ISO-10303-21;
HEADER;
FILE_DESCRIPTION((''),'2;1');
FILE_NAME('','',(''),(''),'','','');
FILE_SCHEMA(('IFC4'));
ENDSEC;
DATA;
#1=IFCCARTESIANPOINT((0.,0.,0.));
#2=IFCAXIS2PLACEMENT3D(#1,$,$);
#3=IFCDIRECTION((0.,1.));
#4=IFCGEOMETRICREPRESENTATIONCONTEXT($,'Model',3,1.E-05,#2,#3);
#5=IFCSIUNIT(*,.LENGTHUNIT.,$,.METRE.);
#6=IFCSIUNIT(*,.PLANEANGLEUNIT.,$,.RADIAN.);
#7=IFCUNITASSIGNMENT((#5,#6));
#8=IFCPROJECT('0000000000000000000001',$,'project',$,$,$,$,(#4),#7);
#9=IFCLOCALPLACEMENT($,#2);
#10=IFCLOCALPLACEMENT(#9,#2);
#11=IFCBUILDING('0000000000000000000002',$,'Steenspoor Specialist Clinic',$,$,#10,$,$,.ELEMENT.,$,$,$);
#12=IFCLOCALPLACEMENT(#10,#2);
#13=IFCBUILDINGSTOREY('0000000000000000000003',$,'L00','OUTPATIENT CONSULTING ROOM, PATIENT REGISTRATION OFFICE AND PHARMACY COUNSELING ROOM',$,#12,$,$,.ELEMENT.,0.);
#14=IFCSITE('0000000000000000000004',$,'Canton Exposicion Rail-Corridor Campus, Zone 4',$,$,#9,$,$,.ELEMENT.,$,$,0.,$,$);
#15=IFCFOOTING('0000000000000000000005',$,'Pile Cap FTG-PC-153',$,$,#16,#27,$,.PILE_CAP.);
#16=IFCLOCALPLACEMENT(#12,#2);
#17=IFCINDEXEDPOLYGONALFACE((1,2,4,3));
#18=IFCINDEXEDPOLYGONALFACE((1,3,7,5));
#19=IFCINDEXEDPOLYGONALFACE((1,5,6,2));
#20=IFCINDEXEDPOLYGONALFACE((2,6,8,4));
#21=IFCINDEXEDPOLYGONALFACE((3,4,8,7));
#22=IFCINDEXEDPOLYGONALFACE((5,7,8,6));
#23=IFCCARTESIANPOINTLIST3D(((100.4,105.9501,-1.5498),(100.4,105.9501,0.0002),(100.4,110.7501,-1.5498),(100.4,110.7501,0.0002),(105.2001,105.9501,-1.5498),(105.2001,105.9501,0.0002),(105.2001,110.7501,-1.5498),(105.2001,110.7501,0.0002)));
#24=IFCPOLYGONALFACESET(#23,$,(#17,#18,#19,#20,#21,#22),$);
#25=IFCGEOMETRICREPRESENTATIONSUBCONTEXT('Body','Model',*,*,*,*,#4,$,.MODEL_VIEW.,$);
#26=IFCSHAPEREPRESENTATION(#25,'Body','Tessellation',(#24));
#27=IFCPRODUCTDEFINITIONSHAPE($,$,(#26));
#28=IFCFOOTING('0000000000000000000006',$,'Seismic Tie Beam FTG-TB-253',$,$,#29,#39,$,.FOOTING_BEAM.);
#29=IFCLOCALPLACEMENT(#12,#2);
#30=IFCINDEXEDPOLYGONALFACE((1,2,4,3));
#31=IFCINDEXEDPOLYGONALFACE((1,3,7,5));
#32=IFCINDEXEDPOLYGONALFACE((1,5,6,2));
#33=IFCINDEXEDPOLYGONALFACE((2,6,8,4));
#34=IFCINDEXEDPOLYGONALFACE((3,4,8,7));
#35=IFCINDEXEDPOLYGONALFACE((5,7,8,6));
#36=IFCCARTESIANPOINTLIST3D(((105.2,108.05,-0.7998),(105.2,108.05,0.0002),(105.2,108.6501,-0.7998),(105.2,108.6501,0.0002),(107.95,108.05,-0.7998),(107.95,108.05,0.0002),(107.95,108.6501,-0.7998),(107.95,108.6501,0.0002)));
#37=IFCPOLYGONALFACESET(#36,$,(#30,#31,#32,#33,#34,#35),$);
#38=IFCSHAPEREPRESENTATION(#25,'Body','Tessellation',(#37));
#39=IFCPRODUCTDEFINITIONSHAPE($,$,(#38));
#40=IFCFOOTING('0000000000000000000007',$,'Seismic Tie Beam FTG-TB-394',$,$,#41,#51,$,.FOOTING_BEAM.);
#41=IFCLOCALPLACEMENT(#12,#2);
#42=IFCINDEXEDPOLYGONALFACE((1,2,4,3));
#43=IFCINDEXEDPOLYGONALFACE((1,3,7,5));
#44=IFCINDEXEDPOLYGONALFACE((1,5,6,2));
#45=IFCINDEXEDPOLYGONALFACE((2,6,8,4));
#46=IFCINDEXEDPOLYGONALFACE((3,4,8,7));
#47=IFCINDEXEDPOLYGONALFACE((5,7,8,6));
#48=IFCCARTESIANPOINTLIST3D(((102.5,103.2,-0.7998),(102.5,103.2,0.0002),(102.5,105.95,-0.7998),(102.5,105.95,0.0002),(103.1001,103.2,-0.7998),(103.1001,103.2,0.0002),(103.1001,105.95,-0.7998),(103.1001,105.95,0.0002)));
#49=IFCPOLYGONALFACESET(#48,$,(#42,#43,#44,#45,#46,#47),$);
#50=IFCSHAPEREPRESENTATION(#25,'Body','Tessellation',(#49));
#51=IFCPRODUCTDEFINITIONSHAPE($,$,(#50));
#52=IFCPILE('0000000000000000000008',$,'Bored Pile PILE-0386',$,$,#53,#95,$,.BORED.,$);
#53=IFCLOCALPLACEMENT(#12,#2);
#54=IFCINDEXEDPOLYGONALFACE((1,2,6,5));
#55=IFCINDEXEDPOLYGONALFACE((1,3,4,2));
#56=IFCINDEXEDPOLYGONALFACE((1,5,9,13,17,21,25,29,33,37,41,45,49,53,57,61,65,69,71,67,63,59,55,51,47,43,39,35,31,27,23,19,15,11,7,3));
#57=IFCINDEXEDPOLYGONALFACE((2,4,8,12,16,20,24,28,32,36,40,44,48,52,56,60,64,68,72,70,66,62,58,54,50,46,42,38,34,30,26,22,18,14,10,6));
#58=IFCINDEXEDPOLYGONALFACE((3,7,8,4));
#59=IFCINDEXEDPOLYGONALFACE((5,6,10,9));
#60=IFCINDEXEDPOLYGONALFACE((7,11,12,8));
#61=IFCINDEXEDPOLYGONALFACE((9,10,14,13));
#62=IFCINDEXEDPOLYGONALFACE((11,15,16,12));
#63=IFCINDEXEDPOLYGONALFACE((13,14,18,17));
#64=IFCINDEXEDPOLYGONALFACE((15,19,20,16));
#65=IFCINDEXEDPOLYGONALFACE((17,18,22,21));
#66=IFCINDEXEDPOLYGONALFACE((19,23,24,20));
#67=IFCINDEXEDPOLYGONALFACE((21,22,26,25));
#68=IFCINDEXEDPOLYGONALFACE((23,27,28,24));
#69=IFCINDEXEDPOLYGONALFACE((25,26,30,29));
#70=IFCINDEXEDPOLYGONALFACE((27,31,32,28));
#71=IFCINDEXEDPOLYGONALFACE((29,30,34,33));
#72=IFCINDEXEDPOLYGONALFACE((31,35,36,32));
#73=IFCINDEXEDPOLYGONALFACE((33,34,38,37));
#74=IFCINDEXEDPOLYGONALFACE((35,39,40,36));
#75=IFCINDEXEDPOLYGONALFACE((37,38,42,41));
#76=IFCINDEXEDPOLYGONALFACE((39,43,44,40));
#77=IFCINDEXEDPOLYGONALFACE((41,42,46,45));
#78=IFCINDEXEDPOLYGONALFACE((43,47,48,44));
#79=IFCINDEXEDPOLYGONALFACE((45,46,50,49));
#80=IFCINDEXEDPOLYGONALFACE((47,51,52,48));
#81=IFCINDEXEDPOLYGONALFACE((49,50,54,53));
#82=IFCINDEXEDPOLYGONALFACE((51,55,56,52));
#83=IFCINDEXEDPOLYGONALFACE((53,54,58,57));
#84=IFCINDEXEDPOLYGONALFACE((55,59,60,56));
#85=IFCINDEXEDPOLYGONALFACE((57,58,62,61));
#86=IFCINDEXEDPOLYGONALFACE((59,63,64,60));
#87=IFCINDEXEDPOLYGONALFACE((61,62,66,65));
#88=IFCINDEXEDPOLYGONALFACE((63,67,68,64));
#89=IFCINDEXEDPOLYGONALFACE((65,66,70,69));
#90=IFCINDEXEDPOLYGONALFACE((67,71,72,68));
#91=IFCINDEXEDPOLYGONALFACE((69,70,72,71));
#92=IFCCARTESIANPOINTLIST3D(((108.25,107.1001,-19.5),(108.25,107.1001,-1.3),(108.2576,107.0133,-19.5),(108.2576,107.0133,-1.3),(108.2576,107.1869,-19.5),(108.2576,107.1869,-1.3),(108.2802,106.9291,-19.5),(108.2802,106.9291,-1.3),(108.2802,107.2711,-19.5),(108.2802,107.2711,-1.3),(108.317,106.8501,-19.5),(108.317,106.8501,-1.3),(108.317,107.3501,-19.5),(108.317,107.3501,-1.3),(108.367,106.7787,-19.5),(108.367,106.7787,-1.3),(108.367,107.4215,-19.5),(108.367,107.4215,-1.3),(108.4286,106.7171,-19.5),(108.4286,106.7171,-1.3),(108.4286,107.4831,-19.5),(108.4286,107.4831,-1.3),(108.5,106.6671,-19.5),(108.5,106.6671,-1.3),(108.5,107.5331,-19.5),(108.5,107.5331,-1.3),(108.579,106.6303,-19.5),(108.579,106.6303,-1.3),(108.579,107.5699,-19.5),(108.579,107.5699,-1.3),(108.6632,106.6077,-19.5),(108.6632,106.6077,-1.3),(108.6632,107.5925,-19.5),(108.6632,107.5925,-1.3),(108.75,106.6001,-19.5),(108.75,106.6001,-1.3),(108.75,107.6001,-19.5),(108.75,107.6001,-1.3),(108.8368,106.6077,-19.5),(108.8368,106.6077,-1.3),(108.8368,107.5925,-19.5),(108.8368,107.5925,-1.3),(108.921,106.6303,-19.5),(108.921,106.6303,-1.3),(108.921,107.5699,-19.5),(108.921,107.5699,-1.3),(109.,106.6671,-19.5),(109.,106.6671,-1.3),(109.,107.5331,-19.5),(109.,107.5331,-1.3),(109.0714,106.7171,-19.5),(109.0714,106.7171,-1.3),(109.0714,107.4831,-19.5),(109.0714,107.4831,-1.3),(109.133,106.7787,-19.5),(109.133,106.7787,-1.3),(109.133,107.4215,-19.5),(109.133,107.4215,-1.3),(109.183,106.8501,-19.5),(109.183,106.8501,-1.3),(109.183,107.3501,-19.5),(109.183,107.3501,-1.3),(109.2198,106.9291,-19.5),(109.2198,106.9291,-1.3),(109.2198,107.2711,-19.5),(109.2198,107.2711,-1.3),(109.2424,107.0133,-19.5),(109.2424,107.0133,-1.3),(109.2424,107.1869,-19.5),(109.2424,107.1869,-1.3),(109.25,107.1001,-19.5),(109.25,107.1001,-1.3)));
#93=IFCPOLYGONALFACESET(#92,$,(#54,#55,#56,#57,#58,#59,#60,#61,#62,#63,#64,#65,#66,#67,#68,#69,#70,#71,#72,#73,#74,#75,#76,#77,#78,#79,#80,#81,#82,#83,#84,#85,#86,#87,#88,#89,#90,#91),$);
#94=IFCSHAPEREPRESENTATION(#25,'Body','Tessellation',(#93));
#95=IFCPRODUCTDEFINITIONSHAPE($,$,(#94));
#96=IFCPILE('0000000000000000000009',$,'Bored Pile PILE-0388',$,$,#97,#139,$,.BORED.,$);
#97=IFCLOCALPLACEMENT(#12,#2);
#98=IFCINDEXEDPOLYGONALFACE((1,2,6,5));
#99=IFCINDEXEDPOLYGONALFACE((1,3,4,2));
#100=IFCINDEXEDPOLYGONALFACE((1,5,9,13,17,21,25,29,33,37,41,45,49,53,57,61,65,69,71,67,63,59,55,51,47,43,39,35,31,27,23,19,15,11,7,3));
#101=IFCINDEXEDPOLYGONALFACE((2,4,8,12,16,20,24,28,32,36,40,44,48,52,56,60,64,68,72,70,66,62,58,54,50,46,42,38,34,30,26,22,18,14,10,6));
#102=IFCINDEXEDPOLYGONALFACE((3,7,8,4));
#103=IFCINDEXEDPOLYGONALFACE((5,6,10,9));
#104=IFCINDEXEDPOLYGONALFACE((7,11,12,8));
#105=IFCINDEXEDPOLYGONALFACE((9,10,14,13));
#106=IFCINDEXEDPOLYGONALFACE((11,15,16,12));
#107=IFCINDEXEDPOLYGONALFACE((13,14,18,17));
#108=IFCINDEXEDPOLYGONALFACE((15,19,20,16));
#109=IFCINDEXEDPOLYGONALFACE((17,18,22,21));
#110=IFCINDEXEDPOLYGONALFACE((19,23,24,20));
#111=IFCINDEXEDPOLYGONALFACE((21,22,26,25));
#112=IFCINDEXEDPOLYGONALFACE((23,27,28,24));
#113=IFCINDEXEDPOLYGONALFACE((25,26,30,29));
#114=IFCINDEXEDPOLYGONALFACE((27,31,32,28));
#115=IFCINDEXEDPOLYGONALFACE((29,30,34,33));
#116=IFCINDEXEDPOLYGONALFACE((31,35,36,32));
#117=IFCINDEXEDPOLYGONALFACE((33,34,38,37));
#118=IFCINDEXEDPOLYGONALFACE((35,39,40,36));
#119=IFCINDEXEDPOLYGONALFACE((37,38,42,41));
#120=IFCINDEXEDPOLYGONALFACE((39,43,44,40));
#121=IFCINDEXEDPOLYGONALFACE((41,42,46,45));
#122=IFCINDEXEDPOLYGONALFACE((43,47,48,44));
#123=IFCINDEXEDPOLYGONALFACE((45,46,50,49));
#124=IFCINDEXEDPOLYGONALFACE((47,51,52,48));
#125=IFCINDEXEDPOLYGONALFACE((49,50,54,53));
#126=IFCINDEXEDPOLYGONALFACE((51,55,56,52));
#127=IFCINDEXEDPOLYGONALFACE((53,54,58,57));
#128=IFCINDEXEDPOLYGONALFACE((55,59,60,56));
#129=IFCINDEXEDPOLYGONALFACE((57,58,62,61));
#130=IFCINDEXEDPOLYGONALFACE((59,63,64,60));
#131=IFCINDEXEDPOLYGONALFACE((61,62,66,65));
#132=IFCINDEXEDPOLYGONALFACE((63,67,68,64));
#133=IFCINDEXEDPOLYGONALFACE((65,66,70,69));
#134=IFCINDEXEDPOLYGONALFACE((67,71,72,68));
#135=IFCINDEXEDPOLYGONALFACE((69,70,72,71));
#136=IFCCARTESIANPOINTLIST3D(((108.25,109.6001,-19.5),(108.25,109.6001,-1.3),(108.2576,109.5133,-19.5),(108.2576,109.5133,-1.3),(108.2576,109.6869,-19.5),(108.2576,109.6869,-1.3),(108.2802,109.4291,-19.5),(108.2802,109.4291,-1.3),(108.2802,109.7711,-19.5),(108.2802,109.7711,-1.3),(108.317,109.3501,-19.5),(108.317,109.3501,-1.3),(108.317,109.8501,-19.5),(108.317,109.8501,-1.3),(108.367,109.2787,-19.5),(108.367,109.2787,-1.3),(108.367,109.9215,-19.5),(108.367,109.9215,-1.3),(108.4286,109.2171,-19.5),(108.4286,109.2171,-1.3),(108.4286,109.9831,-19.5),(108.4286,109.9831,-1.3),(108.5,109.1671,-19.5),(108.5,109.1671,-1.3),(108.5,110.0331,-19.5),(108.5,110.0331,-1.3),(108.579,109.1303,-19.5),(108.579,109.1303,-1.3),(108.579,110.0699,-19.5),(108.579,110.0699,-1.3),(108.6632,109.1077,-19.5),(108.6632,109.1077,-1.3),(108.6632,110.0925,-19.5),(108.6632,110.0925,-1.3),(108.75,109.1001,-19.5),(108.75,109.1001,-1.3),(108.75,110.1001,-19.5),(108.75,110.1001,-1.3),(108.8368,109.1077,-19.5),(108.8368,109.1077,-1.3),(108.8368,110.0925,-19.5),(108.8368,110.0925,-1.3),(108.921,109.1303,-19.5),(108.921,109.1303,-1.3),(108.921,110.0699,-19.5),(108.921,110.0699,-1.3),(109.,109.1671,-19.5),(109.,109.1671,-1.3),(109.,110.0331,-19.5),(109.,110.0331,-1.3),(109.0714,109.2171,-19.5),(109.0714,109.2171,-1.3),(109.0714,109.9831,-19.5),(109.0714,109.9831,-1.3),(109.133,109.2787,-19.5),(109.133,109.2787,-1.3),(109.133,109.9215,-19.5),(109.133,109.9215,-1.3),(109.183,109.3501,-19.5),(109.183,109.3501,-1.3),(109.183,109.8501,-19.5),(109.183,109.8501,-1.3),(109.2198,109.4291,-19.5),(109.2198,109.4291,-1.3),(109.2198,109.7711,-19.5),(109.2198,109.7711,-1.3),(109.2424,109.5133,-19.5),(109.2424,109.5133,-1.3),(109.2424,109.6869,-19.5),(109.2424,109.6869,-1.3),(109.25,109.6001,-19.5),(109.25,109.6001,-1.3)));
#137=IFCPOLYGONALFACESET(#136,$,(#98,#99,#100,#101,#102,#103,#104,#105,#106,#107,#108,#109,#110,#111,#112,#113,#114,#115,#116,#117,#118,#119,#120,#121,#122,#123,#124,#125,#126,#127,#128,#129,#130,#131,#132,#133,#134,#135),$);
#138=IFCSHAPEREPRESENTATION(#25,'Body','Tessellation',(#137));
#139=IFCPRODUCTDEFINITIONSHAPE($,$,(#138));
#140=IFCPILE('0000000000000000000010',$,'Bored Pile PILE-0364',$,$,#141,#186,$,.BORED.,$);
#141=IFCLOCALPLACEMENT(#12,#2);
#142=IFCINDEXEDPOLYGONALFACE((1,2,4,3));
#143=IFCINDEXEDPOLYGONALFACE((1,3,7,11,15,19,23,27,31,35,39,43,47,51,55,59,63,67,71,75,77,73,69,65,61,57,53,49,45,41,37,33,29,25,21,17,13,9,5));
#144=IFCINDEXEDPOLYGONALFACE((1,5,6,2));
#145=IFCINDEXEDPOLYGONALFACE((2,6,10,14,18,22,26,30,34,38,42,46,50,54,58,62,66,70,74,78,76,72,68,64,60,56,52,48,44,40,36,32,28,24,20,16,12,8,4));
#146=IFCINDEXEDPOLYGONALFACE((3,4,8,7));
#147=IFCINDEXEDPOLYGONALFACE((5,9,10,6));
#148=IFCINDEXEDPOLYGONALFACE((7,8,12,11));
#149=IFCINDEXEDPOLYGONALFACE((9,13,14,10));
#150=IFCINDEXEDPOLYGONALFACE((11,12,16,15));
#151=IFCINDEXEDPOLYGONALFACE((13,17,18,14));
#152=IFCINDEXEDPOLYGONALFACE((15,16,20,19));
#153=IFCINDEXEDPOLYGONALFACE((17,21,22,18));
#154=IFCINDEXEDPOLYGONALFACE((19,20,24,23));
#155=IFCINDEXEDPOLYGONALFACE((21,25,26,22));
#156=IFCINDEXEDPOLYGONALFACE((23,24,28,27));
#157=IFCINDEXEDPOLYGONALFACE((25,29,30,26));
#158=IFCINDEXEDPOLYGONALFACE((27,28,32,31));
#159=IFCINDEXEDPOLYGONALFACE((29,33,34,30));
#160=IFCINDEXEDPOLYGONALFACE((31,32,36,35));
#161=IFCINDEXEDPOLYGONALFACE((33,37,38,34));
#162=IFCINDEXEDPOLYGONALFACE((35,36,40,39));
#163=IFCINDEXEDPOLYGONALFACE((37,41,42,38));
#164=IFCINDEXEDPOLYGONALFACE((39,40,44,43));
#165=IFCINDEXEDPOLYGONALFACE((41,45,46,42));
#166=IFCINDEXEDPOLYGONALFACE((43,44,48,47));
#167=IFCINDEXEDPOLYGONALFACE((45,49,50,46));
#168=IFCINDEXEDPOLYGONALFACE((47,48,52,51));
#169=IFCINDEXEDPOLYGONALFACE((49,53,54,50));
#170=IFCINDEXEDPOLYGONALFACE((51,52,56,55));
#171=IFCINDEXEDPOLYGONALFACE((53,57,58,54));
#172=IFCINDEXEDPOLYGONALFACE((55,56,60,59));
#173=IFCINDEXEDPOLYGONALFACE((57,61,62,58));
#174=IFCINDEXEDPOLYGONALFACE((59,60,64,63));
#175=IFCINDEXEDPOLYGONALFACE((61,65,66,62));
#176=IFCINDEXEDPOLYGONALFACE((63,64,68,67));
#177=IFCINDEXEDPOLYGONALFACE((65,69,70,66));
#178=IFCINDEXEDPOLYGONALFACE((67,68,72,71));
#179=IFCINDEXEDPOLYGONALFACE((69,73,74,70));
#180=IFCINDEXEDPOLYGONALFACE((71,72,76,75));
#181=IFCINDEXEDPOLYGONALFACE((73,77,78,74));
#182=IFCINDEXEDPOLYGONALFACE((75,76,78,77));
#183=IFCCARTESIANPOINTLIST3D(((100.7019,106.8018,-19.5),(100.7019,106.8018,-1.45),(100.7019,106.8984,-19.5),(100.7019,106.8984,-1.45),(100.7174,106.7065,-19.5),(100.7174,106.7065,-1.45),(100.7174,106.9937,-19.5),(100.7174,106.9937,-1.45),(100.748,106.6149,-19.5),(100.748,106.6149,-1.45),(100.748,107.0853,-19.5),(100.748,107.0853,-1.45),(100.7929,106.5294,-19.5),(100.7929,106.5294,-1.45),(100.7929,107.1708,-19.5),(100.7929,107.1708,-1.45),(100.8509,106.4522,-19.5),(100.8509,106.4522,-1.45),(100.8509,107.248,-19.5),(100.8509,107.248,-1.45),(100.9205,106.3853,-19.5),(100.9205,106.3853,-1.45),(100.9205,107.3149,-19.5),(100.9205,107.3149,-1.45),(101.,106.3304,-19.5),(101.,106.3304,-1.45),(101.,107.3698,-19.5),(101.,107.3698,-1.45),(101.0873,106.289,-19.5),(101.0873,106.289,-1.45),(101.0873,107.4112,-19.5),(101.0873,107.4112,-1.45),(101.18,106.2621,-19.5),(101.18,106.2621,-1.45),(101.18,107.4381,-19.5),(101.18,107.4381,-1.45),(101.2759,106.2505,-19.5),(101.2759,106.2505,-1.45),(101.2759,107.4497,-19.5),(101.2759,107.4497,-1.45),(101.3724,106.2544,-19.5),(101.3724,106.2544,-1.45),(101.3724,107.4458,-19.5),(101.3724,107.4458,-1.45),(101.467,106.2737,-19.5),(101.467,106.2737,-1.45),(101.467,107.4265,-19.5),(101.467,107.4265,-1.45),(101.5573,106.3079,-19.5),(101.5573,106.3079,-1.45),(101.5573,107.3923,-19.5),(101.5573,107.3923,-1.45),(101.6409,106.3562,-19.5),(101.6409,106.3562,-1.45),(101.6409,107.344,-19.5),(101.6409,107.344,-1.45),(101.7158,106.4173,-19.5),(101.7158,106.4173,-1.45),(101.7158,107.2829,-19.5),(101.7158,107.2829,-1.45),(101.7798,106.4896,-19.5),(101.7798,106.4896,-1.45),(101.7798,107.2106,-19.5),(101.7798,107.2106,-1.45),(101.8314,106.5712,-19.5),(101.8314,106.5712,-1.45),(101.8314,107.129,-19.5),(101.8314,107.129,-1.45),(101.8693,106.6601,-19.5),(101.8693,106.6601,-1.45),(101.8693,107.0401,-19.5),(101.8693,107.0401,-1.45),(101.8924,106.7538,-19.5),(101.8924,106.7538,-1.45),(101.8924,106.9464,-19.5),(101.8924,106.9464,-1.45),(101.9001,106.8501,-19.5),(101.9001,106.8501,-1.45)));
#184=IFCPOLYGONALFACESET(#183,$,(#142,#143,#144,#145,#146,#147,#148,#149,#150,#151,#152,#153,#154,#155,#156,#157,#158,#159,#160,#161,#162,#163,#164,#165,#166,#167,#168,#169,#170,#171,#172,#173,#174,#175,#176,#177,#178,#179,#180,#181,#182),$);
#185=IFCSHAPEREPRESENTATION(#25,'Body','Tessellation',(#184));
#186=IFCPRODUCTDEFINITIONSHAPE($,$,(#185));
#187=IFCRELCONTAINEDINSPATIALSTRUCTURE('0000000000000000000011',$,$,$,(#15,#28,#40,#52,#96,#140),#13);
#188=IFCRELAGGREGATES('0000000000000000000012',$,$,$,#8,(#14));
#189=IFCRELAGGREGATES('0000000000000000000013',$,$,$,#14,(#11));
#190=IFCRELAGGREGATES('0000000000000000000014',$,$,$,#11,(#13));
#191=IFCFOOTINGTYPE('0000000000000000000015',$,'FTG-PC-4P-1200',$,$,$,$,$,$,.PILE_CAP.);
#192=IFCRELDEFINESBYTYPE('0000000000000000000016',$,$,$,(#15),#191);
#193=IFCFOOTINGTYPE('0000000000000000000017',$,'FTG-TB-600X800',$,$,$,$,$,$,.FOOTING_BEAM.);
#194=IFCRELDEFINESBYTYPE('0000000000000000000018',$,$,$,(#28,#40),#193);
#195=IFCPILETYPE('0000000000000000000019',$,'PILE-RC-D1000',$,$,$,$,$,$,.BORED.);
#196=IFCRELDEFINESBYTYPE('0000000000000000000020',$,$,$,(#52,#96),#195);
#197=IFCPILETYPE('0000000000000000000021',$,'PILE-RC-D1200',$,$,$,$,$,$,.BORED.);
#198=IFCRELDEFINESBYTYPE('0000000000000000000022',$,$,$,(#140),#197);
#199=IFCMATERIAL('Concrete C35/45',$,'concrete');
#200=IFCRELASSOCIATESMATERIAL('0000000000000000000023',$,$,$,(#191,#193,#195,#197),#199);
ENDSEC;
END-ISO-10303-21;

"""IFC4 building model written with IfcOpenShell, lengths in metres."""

from ifc_helpers import new_model, si_unit, direction, frame, origin, origin_2d, place, context, subcontext, project, spatial, rectangle, circle, extrude, material, material_profile, profile_set, type_object, element, save


model = new_model("IFC4")

# Units and contexts
model_context = context("Model", 3, precision=1e-05, world=origin(), true_north=direction((0.0, 1.0)))
body_context = subcontext(model_context, "Body", "Model", "MODEL_VIEW")
ifc_project = project(units=[si_unit("LENGTHUNIT", "METRE"), si_unit("PLANEANGLEUNIT", "RADIAN")], contexts=[model_context])

# Site, building, storey
site_placement = place(None, origin())
site = spatial("IfcSite", under=ifc_project, at=site_placement, Name="Canton Exposicion Rail-Corridor Campus, Zone 4", CompositionType="ELEMENT", RefElevation=0.0)
building_placement = place(site_placement, origin())
building = spatial("IfcBuilding", under=site, at=building_placement, Name="Steenspoor Specialist Clinic", CompositionType="ELEMENT")
storey_placement = place(building_placement, origin())
storey = spatial("IfcBuildingStorey", under=building, at=storey_placement, Name="L00", Description="OUTPATIENT CONSULTING ROOM, PATIENT REGISTRATION OFFICE AND PHARMACY COUNSELING ROOM", CompositionType="ELEMENT", Elevation=0.0)

# Footings
ifc_material_1 = material(Name="Concrete C35/45", Category="concrete")
footing_type_1 = type_object("IfcFootingType", Name="FTG-PC-4P-1200", PredefinedType="PILE_CAP", material=ifc_material_1)
footing_1_placement = place(storey_placement, frame((102.8, 108.3501, -1.5498), z_axis=(0.0, 0.0, 1.0), x_axis=(1.0, 0.0, 0.0)))
element("IfcFooting", 1, at=footing_1_placement, inside=storey, type_object=footing_type_1, Name="Pile Cap FTG-PC-153", PredefinedType="PILE_CAP", context=body_context, shape_type="SweptSolid", body=[
    extrude(rectangle(XDim=4.8, YDim=4.8, at=origin_2d()), origin(), (0.0, 0.0, 1.0), 1.55),
])
footing_type_2 = type_object("IfcFootingType", Name="FTG-TB-600X800", PredefinedType="FOOTING_BEAM", material=ifc_material_1)
footing_2_placement = place(storey_placement, frame((106.575, 108.3501, -0.7998), z_axis=(0.0, 0.0, 1.0), x_axis=(1.0, 0.0, 0.0)))
element("IfcFooting", 2, at=footing_2_placement, inside=storey, type_object=footing_type_2, Name="Seismic Tie Beam FTG-TB-253", PredefinedType="FOOTING_BEAM", context=body_context, shape_type="SweptSolid", body=[
    extrude(rectangle(XDim=2.75, YDim=0.6001, at=origin_2d()), origin(), (0.0, 0.0, 1.0), 0.8),
])
footing_3_placement = place(storey_placement, frame((102.8, 104.575, -0.7998), z_axis=(0.0, 0.0, 1.0), x_axis=(1.0, 0.0, 0.0)))
element("IfcFooting", 3, at=footing_3_placement, inside=storey, type_object=footing_type_2, Name="Seismic Tie Beam FTG-TB-394", PredefinedType="FOOTING_BEAM", context=body_context, shape_type="SweptSolid", body=[
    extrude(rectangle(XDim=0.6001, YDim=2.75, at=origin_2d()), origin(), (0.0, 0.0, 1.0), 0.8),
])

# Piles
ifc_material_profile_1 = material_profile(ifc_material_1, circle(Radius=0.5, at=origin_2d()), Name="PILE-D1000")
ifc_profile_set_1 = profile_set([ifc_material_profile_1], Name="Concrete C35/45")
pile_type_1 = type_object("IfcPileType", Name="PILE-RC-D1000", PredefinedType="BORED", material=ifc_profile_set_1)
for number, where, z_axis, x_axis, name in (
    (4, (108.75, 107.1001, -1.3), (0.0, 0.0, -1.0), (1.0, 0.0, 0.0), "Bored Pile PILE-0386"),
    (5, (108.75, 109.6001, -1.3), (0.0, 0.0, -1.0), (1.0, 0.0, 0.0), "Bored Pile PILE-0388"),
):
    element("IfcPile", number, at=place(storey_placement, frame(where, z_axis=z_axis, x_axis=x_axis)), inside=storey, type_object=pile_type_1, Name=name, PredefinedType="BORED", context=body_context, shape_type="SweptSolid", body=[
        extrude(circle(Radius=0.5, at=origin_2d()), origin(), (0.0, 0.0, 1.0), 18.2),
    ])
ifc_material_profile_2 = material_profile(ifc_material_1, circle(Radius=0.6001, at=origin_2d()), Name="PILE-D1200")
ifc_profile_set_2 = profile_set([ifc_material_profile_2], Name="Concrete C35/45")
pile_type_2 = type_object("IfcPileType", Name="PILE-RC-D1200", PredefinedType="BORED", material=ifc_profile_set_2)
for number, where, z_axis, x_axis, name in (
    (6, (101.3, 106.8501, -1.45), (0.0, 0.0, -1.0), (1.0, 0.0, 0.0), "Bored Pile PILE-0364"),
):
    element("IfcPile", number, at=place(storey_placement, frame(where, z_axis=z_axis, x_axis=x_axis)), inside=storey, type_object=pile_type_2, Name=name, PredefinedType="BORED", context=body_context, shape_type="SweptSolid", body=[
        extrude(circle(Radius=0.6001, at=origin_2d()), origin(), (0.0, 0.0, 1.0), 18.05),
    ])

save(model, "model.ifc")
